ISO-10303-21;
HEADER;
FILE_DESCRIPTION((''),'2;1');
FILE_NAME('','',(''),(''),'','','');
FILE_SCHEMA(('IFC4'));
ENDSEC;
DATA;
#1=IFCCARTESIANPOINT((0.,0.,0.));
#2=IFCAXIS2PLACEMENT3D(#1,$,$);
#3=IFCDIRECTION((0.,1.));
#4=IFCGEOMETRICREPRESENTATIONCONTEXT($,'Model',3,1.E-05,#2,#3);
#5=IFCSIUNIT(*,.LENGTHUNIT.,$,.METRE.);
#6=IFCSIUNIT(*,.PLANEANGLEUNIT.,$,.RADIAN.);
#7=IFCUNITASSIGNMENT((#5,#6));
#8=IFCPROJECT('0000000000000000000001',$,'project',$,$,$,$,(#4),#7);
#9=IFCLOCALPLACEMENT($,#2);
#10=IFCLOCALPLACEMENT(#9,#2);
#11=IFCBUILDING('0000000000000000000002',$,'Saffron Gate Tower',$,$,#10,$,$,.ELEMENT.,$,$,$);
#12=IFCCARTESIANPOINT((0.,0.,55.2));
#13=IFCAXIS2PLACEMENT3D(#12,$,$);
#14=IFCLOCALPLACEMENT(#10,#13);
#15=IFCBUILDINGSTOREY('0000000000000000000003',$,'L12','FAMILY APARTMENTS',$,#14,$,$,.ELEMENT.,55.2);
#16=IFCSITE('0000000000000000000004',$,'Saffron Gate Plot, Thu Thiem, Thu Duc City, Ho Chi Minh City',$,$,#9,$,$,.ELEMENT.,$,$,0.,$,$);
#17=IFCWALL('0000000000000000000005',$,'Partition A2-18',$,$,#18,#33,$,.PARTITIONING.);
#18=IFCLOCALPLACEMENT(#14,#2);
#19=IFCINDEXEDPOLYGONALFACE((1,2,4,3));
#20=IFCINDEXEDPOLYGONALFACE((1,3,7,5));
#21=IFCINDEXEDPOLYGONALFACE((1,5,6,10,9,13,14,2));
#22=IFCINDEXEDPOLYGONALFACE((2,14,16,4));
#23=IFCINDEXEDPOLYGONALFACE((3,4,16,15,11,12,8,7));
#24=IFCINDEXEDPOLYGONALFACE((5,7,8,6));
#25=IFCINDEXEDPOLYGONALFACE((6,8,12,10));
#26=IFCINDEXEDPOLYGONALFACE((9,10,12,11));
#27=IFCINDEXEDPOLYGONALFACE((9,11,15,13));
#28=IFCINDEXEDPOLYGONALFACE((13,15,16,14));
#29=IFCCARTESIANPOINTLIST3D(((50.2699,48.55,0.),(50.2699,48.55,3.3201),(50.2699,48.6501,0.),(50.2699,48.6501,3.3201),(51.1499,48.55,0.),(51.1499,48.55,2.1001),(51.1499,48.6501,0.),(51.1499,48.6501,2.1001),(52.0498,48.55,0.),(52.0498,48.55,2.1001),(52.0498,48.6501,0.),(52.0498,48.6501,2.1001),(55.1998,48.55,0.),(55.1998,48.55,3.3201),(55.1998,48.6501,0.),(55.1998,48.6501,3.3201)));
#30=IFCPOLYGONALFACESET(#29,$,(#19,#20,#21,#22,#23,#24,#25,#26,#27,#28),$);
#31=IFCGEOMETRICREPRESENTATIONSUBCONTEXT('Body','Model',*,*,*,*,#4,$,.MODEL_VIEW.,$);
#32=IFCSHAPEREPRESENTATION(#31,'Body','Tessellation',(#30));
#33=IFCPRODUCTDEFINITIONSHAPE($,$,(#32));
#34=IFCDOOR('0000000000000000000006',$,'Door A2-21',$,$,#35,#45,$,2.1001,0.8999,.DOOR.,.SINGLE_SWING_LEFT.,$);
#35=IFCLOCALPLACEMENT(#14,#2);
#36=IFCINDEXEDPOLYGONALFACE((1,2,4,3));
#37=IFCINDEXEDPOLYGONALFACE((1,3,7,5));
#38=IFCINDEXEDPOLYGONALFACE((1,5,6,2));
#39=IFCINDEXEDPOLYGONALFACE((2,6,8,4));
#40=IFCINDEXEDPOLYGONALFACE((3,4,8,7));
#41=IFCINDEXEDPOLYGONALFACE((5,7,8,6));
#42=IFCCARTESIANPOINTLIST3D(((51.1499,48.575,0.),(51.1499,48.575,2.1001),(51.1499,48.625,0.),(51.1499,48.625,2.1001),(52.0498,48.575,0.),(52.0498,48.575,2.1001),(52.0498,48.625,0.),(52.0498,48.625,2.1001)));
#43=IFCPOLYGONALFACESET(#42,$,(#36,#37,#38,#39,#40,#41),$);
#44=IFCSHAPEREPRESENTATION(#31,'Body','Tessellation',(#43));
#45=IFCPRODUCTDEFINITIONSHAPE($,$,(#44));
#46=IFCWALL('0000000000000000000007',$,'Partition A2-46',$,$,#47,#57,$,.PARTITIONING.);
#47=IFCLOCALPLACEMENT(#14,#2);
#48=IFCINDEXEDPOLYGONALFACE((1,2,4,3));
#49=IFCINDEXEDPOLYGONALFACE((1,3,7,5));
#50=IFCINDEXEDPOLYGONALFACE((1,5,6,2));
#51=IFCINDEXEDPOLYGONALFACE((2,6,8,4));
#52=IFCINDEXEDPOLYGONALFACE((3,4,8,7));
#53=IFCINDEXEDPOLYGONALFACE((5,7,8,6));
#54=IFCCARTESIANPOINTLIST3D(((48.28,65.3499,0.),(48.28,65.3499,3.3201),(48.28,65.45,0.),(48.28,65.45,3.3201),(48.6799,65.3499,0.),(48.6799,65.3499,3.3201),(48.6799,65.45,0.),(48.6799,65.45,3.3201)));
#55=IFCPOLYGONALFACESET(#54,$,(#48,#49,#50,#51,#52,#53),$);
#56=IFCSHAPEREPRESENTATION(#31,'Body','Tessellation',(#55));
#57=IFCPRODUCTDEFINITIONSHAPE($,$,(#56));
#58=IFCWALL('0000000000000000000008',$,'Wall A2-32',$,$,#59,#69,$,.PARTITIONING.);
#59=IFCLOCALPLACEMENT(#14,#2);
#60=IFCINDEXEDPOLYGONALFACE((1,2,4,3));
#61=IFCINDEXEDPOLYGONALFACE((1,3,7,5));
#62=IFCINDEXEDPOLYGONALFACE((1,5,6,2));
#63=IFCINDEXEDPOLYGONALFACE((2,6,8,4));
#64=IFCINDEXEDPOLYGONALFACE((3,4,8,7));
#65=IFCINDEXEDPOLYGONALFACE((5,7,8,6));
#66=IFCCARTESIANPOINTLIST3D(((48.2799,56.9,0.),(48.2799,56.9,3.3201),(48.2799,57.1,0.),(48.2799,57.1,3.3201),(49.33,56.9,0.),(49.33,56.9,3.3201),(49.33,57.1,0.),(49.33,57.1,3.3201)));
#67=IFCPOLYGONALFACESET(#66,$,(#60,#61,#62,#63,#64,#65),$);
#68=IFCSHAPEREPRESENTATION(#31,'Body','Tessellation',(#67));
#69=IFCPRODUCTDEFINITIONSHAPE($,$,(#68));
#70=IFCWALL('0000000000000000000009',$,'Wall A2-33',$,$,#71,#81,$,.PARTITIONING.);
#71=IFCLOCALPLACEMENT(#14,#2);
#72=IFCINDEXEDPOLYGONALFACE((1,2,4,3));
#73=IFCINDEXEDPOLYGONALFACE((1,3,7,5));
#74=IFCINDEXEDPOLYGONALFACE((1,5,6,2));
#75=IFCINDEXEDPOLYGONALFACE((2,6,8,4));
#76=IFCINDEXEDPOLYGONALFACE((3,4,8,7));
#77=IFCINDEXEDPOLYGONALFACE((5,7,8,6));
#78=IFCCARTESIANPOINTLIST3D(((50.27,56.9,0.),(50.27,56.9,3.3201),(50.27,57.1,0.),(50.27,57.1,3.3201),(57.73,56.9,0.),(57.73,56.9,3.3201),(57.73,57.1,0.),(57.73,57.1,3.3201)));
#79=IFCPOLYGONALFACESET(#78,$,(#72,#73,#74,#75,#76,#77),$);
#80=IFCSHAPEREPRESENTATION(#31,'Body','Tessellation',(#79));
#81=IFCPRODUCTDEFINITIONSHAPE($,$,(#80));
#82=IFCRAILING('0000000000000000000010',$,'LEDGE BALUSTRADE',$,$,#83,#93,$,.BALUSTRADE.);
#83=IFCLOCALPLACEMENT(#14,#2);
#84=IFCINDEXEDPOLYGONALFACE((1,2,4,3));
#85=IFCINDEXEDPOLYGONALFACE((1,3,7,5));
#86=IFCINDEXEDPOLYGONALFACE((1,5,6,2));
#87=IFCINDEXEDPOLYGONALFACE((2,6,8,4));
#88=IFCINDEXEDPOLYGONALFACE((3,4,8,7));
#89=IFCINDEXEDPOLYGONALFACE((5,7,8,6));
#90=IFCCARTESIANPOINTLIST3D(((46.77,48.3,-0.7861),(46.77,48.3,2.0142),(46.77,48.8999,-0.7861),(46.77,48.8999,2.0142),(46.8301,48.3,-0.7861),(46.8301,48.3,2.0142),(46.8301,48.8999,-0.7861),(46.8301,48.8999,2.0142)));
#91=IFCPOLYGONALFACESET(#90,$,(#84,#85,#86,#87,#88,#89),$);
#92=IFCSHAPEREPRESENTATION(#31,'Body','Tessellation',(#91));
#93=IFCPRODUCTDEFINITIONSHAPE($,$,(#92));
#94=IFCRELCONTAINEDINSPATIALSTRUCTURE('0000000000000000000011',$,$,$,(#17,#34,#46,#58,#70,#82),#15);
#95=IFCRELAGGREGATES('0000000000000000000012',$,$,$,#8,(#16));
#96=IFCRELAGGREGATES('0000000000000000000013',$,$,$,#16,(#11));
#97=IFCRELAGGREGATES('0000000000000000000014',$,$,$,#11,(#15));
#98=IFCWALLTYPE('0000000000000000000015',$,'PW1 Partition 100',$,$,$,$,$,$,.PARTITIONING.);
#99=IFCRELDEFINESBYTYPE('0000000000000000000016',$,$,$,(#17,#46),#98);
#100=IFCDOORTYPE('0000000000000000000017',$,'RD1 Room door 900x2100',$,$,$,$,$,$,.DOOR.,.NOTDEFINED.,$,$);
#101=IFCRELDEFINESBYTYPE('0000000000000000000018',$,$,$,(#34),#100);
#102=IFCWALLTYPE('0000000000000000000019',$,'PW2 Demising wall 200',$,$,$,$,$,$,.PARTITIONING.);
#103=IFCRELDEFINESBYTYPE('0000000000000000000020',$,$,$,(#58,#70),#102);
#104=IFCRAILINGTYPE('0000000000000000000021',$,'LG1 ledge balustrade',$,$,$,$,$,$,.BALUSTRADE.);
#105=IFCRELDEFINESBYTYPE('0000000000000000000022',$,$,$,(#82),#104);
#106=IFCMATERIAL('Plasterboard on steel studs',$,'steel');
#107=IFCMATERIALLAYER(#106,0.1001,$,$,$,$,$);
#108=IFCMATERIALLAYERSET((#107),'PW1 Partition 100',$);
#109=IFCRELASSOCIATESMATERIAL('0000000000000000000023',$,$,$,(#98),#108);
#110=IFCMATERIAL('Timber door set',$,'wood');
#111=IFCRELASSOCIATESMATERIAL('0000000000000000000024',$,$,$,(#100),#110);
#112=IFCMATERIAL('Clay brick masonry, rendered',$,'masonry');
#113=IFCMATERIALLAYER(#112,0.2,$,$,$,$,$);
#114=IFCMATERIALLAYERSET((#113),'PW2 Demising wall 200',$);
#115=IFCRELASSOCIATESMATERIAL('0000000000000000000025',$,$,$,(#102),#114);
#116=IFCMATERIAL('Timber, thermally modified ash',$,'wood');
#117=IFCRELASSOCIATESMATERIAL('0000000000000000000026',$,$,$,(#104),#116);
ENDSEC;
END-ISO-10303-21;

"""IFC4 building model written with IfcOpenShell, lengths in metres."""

from ifc_helpers import new_model, si_unit, direction, frame, frame_2d, origin, origin_2d, place, context, subcontext, project, spatial, rectangle, extrude, material, layer, layer_set, type_object, element, fill, save


model = new_model("IFC4")

# Units and contexts
model_context = context("Model", 3, precision=1e-05, world=origin(), true_north=direction((0.0, 1.0)))
body_context = subcontext(model_context, "Body", "Model", "MODEL_VIEW")
ifc_project = project(units=[si_unit("LENGTHUNIT", "METRE"), si_unit("PLANEANGLEUNIT", "RADIAN")], contexts=[model_context])

# Site, building, storey
site_placement = place(None, origin())
site = spatial("IfcSite", under=ifc_project, at=site_placement, Name="Saffron Gate Plot, Thu Thiem, Thu Duc City, Ho Chi Minh City", CompositionType="ELEMENT", RefElevation=0.0)
building_placement = place(site_placement, origin())
building = spatial("IfcBuilding", under=site, at=building_placement, Name="Saffron Gate Tower", CompositionType="ELEMENT")
storey_placement = place(building_placement, frame((0.0, 0.0, 55.2)))
storey = spatial("IfcBuildingStorey", under=building, at=storey_placement, Name="L12", Description="FAMILY APARTMENTS", CompositionType="ELEMENT", Elevation=55.2)

# Shared definitions
ifc_material_1 = material(Name="Plasterboard on steel studs", Category="steel")
ifc_layer_1 = layer(ifc_material_1, 0.1001)
ifc_layer_set_1 = layer_set([ifc_layer_1], Name="PW1 Partition 100")
wall_type_1 = type_object("IfcWallType", Name="PW1 Partition 100", PredefinedType="PARTITIONING", material=ifc_layer_set_1)

# Wall, opening, door
wall_1_placement = place(storey_placement, frame((50.27, 48.6001, 0.0), z_axis=(0.0, 0.0, 1.0), x_axis=(1.0, 0.0, 0.0)))
wall_1 = element("IfcWall", 1, at=wall_1_placement, inside=storey, type_object=wall_type_1, Name="Partition A2-18", PredefinedType="PARTITIONING", context=body_context, shape_type="SweptSolid", body=[
    extrude(rectangle(XDim=4.9299, YDim=0.1001, at=frame_2d((2.4648, 0.0))), origin(), (0.0, 0.0, 1.0), 3.3201),
])
opening_placement = place(wall_1_placement, frame((0.8799, 0.0, 0.0)))
opening = element("IfcOpeningElement", 2, at=opening_placement, cuts=wall_1, PredefinedType="OPENING", context=body_context, shape_type="SweptSolid", body=[
    extrude(rectangle(XDim=0.8999, YDim=2.1001, at=frame_2d((0.45, 1.05))), frame((0.0, 0.0601, 0.0), z_axis=(0.0, -1.0, 0.0), x_axis=(1.0, 0.0, 0.0)), (0.0, 0.0, 1.0), 0.1201),
])
ifc_material_2 = material(Name="Timber door set", Category="wood")
door_type = type_object("IfcDoorType", Name="RD1 Room door 900x2100", OperationType="NOTDEFINED", PredefinedType="DOOR", material=ifc_material_2)
door_placement = place(opening_placement, origin())
door = element("IfcDoor", 3, at=door_placement, inside=storey, type_object=door_type, Name="Door A2-21", OperationType="SINGLE_SWING_LEFT", OverallHeight=2.1001, OverallWidth=0.8999, PredefinedType="DOOR", context=body_context, shape_type="SweptSolid", body=[
    extrude(rectangle(XDim=0.8999, YDim=2.1001, at=frame_2d((0.45, 1.05))), frame((0.0, 0.0249, 0.0), z_axis=(0.0, -1.0, 0.0), x_axis=(1.0, 0.0, 0.0)), (0.0, 0.0, 1.0), 0.05),
])
fill(opening, door)

# Walls
wall_2_placement = place(storey_placement, frame((48.28, 65.3999, 0.0), z_axis=(0.0, 0.0, 1.0), x_axis=(1.0, 0.0, 0.0)))
element("IfcWall", 4, at=wall_2_placement, inside=storey, type_object=wall_type_1, Name="Partition A2-46", PredefinedType="PARTITIONING", context=body_context, shape_type="SweptSolid", body=[
    extrude(rectangle(XDim=0.3999, YDim=0.1001, at=frame_2d((0.2, 0.0))), origin(), (0.0, 0.0, 1.0), 3.3201),
])
ifc_material_3 = material(Name="Clay brick masonry, rendered", Category="masonry")
ifc_layer_2 = layer(ifc_material_3, 0.2)
ifc_layer_set_2 = layer_set([ifc_layer_2], Name="PW2 Demising wall 200")
wall_type_2 = type_object("IfcWallType", Name="PW2 Demising wall 200", PredefinedType="PARTITIONING", material=ifc_layer_set_2)
wall_3_placement = place(storey_placement, frame((48.28, 57.0, 0.0), z_axis=(0.0, 0.0, 1.0), x_axis=(1.0, 0.0, 0.0)))
element("IfcWall", 5, at=wall_3_placement, inside=storey, type_object=wall_type_2, Name="Wall A2-32", PredefinedType="PARTITIONING", context=body_context, shape_type="SweptSolid", body=[
    extrude(rectangle(XDim=1.05, YDim=0.2, at=frame_2d((0.5249, 0.0))), origin(), (0.0, 0.0, 1.0), 3.3201),
])
wall_4_placement = place(storey_placement, frame((50.27, 57.0, 0.0), z_axis=(0.0, 0.0, 1.0), x_axis=(1.0, 0.0, 0.0)))
element("IfcWall", 6, at=wall_4_placement, inside=storey, type_object=wall_type_2, Name="Wall A2-33", PredefinedType="PARTITIONING", context=body_context, shape_type="SweptSolid", body=[
    extrude(rectangle(XDim=7.46, YDim=0.2, at=frame_2d((3.73, 0.0))), origin(), (0.0, 0.0, 1.0), 3.3201),
])

# Railing
ifc_material_4 = material(Name="Timber, thermally modified ash", Category="wood")
railing_type = type_object("IfcRailingType", Name="LG1 ledge balustrade", PredefinedType="BALUSTRADE", material=ifc_material_4)
railing_placement = place(storey_placement, frame((46.8, 48.8999, -0.7861)))
element("IfcRailing", 7, at=railing_placement, inside=storey, type_object=railing_type, Name="LEDGE BALUSTRADE", PredefinedType="BALUSTRADE", context=body_context, shape_type="SweptSolid", body=[
    extrude(rectangle(XDim=0.0601, YDim=2.8003, at=origin_2d()), frame((0.0, 0.0, 1.4001), z_axis=(0.0, -1.0, 0.0), x_axis=(1.0, 0.0, 0.0)), (0.0, 0.0, 1.0), 0.5999),
])

save(model, "model.ifc")
